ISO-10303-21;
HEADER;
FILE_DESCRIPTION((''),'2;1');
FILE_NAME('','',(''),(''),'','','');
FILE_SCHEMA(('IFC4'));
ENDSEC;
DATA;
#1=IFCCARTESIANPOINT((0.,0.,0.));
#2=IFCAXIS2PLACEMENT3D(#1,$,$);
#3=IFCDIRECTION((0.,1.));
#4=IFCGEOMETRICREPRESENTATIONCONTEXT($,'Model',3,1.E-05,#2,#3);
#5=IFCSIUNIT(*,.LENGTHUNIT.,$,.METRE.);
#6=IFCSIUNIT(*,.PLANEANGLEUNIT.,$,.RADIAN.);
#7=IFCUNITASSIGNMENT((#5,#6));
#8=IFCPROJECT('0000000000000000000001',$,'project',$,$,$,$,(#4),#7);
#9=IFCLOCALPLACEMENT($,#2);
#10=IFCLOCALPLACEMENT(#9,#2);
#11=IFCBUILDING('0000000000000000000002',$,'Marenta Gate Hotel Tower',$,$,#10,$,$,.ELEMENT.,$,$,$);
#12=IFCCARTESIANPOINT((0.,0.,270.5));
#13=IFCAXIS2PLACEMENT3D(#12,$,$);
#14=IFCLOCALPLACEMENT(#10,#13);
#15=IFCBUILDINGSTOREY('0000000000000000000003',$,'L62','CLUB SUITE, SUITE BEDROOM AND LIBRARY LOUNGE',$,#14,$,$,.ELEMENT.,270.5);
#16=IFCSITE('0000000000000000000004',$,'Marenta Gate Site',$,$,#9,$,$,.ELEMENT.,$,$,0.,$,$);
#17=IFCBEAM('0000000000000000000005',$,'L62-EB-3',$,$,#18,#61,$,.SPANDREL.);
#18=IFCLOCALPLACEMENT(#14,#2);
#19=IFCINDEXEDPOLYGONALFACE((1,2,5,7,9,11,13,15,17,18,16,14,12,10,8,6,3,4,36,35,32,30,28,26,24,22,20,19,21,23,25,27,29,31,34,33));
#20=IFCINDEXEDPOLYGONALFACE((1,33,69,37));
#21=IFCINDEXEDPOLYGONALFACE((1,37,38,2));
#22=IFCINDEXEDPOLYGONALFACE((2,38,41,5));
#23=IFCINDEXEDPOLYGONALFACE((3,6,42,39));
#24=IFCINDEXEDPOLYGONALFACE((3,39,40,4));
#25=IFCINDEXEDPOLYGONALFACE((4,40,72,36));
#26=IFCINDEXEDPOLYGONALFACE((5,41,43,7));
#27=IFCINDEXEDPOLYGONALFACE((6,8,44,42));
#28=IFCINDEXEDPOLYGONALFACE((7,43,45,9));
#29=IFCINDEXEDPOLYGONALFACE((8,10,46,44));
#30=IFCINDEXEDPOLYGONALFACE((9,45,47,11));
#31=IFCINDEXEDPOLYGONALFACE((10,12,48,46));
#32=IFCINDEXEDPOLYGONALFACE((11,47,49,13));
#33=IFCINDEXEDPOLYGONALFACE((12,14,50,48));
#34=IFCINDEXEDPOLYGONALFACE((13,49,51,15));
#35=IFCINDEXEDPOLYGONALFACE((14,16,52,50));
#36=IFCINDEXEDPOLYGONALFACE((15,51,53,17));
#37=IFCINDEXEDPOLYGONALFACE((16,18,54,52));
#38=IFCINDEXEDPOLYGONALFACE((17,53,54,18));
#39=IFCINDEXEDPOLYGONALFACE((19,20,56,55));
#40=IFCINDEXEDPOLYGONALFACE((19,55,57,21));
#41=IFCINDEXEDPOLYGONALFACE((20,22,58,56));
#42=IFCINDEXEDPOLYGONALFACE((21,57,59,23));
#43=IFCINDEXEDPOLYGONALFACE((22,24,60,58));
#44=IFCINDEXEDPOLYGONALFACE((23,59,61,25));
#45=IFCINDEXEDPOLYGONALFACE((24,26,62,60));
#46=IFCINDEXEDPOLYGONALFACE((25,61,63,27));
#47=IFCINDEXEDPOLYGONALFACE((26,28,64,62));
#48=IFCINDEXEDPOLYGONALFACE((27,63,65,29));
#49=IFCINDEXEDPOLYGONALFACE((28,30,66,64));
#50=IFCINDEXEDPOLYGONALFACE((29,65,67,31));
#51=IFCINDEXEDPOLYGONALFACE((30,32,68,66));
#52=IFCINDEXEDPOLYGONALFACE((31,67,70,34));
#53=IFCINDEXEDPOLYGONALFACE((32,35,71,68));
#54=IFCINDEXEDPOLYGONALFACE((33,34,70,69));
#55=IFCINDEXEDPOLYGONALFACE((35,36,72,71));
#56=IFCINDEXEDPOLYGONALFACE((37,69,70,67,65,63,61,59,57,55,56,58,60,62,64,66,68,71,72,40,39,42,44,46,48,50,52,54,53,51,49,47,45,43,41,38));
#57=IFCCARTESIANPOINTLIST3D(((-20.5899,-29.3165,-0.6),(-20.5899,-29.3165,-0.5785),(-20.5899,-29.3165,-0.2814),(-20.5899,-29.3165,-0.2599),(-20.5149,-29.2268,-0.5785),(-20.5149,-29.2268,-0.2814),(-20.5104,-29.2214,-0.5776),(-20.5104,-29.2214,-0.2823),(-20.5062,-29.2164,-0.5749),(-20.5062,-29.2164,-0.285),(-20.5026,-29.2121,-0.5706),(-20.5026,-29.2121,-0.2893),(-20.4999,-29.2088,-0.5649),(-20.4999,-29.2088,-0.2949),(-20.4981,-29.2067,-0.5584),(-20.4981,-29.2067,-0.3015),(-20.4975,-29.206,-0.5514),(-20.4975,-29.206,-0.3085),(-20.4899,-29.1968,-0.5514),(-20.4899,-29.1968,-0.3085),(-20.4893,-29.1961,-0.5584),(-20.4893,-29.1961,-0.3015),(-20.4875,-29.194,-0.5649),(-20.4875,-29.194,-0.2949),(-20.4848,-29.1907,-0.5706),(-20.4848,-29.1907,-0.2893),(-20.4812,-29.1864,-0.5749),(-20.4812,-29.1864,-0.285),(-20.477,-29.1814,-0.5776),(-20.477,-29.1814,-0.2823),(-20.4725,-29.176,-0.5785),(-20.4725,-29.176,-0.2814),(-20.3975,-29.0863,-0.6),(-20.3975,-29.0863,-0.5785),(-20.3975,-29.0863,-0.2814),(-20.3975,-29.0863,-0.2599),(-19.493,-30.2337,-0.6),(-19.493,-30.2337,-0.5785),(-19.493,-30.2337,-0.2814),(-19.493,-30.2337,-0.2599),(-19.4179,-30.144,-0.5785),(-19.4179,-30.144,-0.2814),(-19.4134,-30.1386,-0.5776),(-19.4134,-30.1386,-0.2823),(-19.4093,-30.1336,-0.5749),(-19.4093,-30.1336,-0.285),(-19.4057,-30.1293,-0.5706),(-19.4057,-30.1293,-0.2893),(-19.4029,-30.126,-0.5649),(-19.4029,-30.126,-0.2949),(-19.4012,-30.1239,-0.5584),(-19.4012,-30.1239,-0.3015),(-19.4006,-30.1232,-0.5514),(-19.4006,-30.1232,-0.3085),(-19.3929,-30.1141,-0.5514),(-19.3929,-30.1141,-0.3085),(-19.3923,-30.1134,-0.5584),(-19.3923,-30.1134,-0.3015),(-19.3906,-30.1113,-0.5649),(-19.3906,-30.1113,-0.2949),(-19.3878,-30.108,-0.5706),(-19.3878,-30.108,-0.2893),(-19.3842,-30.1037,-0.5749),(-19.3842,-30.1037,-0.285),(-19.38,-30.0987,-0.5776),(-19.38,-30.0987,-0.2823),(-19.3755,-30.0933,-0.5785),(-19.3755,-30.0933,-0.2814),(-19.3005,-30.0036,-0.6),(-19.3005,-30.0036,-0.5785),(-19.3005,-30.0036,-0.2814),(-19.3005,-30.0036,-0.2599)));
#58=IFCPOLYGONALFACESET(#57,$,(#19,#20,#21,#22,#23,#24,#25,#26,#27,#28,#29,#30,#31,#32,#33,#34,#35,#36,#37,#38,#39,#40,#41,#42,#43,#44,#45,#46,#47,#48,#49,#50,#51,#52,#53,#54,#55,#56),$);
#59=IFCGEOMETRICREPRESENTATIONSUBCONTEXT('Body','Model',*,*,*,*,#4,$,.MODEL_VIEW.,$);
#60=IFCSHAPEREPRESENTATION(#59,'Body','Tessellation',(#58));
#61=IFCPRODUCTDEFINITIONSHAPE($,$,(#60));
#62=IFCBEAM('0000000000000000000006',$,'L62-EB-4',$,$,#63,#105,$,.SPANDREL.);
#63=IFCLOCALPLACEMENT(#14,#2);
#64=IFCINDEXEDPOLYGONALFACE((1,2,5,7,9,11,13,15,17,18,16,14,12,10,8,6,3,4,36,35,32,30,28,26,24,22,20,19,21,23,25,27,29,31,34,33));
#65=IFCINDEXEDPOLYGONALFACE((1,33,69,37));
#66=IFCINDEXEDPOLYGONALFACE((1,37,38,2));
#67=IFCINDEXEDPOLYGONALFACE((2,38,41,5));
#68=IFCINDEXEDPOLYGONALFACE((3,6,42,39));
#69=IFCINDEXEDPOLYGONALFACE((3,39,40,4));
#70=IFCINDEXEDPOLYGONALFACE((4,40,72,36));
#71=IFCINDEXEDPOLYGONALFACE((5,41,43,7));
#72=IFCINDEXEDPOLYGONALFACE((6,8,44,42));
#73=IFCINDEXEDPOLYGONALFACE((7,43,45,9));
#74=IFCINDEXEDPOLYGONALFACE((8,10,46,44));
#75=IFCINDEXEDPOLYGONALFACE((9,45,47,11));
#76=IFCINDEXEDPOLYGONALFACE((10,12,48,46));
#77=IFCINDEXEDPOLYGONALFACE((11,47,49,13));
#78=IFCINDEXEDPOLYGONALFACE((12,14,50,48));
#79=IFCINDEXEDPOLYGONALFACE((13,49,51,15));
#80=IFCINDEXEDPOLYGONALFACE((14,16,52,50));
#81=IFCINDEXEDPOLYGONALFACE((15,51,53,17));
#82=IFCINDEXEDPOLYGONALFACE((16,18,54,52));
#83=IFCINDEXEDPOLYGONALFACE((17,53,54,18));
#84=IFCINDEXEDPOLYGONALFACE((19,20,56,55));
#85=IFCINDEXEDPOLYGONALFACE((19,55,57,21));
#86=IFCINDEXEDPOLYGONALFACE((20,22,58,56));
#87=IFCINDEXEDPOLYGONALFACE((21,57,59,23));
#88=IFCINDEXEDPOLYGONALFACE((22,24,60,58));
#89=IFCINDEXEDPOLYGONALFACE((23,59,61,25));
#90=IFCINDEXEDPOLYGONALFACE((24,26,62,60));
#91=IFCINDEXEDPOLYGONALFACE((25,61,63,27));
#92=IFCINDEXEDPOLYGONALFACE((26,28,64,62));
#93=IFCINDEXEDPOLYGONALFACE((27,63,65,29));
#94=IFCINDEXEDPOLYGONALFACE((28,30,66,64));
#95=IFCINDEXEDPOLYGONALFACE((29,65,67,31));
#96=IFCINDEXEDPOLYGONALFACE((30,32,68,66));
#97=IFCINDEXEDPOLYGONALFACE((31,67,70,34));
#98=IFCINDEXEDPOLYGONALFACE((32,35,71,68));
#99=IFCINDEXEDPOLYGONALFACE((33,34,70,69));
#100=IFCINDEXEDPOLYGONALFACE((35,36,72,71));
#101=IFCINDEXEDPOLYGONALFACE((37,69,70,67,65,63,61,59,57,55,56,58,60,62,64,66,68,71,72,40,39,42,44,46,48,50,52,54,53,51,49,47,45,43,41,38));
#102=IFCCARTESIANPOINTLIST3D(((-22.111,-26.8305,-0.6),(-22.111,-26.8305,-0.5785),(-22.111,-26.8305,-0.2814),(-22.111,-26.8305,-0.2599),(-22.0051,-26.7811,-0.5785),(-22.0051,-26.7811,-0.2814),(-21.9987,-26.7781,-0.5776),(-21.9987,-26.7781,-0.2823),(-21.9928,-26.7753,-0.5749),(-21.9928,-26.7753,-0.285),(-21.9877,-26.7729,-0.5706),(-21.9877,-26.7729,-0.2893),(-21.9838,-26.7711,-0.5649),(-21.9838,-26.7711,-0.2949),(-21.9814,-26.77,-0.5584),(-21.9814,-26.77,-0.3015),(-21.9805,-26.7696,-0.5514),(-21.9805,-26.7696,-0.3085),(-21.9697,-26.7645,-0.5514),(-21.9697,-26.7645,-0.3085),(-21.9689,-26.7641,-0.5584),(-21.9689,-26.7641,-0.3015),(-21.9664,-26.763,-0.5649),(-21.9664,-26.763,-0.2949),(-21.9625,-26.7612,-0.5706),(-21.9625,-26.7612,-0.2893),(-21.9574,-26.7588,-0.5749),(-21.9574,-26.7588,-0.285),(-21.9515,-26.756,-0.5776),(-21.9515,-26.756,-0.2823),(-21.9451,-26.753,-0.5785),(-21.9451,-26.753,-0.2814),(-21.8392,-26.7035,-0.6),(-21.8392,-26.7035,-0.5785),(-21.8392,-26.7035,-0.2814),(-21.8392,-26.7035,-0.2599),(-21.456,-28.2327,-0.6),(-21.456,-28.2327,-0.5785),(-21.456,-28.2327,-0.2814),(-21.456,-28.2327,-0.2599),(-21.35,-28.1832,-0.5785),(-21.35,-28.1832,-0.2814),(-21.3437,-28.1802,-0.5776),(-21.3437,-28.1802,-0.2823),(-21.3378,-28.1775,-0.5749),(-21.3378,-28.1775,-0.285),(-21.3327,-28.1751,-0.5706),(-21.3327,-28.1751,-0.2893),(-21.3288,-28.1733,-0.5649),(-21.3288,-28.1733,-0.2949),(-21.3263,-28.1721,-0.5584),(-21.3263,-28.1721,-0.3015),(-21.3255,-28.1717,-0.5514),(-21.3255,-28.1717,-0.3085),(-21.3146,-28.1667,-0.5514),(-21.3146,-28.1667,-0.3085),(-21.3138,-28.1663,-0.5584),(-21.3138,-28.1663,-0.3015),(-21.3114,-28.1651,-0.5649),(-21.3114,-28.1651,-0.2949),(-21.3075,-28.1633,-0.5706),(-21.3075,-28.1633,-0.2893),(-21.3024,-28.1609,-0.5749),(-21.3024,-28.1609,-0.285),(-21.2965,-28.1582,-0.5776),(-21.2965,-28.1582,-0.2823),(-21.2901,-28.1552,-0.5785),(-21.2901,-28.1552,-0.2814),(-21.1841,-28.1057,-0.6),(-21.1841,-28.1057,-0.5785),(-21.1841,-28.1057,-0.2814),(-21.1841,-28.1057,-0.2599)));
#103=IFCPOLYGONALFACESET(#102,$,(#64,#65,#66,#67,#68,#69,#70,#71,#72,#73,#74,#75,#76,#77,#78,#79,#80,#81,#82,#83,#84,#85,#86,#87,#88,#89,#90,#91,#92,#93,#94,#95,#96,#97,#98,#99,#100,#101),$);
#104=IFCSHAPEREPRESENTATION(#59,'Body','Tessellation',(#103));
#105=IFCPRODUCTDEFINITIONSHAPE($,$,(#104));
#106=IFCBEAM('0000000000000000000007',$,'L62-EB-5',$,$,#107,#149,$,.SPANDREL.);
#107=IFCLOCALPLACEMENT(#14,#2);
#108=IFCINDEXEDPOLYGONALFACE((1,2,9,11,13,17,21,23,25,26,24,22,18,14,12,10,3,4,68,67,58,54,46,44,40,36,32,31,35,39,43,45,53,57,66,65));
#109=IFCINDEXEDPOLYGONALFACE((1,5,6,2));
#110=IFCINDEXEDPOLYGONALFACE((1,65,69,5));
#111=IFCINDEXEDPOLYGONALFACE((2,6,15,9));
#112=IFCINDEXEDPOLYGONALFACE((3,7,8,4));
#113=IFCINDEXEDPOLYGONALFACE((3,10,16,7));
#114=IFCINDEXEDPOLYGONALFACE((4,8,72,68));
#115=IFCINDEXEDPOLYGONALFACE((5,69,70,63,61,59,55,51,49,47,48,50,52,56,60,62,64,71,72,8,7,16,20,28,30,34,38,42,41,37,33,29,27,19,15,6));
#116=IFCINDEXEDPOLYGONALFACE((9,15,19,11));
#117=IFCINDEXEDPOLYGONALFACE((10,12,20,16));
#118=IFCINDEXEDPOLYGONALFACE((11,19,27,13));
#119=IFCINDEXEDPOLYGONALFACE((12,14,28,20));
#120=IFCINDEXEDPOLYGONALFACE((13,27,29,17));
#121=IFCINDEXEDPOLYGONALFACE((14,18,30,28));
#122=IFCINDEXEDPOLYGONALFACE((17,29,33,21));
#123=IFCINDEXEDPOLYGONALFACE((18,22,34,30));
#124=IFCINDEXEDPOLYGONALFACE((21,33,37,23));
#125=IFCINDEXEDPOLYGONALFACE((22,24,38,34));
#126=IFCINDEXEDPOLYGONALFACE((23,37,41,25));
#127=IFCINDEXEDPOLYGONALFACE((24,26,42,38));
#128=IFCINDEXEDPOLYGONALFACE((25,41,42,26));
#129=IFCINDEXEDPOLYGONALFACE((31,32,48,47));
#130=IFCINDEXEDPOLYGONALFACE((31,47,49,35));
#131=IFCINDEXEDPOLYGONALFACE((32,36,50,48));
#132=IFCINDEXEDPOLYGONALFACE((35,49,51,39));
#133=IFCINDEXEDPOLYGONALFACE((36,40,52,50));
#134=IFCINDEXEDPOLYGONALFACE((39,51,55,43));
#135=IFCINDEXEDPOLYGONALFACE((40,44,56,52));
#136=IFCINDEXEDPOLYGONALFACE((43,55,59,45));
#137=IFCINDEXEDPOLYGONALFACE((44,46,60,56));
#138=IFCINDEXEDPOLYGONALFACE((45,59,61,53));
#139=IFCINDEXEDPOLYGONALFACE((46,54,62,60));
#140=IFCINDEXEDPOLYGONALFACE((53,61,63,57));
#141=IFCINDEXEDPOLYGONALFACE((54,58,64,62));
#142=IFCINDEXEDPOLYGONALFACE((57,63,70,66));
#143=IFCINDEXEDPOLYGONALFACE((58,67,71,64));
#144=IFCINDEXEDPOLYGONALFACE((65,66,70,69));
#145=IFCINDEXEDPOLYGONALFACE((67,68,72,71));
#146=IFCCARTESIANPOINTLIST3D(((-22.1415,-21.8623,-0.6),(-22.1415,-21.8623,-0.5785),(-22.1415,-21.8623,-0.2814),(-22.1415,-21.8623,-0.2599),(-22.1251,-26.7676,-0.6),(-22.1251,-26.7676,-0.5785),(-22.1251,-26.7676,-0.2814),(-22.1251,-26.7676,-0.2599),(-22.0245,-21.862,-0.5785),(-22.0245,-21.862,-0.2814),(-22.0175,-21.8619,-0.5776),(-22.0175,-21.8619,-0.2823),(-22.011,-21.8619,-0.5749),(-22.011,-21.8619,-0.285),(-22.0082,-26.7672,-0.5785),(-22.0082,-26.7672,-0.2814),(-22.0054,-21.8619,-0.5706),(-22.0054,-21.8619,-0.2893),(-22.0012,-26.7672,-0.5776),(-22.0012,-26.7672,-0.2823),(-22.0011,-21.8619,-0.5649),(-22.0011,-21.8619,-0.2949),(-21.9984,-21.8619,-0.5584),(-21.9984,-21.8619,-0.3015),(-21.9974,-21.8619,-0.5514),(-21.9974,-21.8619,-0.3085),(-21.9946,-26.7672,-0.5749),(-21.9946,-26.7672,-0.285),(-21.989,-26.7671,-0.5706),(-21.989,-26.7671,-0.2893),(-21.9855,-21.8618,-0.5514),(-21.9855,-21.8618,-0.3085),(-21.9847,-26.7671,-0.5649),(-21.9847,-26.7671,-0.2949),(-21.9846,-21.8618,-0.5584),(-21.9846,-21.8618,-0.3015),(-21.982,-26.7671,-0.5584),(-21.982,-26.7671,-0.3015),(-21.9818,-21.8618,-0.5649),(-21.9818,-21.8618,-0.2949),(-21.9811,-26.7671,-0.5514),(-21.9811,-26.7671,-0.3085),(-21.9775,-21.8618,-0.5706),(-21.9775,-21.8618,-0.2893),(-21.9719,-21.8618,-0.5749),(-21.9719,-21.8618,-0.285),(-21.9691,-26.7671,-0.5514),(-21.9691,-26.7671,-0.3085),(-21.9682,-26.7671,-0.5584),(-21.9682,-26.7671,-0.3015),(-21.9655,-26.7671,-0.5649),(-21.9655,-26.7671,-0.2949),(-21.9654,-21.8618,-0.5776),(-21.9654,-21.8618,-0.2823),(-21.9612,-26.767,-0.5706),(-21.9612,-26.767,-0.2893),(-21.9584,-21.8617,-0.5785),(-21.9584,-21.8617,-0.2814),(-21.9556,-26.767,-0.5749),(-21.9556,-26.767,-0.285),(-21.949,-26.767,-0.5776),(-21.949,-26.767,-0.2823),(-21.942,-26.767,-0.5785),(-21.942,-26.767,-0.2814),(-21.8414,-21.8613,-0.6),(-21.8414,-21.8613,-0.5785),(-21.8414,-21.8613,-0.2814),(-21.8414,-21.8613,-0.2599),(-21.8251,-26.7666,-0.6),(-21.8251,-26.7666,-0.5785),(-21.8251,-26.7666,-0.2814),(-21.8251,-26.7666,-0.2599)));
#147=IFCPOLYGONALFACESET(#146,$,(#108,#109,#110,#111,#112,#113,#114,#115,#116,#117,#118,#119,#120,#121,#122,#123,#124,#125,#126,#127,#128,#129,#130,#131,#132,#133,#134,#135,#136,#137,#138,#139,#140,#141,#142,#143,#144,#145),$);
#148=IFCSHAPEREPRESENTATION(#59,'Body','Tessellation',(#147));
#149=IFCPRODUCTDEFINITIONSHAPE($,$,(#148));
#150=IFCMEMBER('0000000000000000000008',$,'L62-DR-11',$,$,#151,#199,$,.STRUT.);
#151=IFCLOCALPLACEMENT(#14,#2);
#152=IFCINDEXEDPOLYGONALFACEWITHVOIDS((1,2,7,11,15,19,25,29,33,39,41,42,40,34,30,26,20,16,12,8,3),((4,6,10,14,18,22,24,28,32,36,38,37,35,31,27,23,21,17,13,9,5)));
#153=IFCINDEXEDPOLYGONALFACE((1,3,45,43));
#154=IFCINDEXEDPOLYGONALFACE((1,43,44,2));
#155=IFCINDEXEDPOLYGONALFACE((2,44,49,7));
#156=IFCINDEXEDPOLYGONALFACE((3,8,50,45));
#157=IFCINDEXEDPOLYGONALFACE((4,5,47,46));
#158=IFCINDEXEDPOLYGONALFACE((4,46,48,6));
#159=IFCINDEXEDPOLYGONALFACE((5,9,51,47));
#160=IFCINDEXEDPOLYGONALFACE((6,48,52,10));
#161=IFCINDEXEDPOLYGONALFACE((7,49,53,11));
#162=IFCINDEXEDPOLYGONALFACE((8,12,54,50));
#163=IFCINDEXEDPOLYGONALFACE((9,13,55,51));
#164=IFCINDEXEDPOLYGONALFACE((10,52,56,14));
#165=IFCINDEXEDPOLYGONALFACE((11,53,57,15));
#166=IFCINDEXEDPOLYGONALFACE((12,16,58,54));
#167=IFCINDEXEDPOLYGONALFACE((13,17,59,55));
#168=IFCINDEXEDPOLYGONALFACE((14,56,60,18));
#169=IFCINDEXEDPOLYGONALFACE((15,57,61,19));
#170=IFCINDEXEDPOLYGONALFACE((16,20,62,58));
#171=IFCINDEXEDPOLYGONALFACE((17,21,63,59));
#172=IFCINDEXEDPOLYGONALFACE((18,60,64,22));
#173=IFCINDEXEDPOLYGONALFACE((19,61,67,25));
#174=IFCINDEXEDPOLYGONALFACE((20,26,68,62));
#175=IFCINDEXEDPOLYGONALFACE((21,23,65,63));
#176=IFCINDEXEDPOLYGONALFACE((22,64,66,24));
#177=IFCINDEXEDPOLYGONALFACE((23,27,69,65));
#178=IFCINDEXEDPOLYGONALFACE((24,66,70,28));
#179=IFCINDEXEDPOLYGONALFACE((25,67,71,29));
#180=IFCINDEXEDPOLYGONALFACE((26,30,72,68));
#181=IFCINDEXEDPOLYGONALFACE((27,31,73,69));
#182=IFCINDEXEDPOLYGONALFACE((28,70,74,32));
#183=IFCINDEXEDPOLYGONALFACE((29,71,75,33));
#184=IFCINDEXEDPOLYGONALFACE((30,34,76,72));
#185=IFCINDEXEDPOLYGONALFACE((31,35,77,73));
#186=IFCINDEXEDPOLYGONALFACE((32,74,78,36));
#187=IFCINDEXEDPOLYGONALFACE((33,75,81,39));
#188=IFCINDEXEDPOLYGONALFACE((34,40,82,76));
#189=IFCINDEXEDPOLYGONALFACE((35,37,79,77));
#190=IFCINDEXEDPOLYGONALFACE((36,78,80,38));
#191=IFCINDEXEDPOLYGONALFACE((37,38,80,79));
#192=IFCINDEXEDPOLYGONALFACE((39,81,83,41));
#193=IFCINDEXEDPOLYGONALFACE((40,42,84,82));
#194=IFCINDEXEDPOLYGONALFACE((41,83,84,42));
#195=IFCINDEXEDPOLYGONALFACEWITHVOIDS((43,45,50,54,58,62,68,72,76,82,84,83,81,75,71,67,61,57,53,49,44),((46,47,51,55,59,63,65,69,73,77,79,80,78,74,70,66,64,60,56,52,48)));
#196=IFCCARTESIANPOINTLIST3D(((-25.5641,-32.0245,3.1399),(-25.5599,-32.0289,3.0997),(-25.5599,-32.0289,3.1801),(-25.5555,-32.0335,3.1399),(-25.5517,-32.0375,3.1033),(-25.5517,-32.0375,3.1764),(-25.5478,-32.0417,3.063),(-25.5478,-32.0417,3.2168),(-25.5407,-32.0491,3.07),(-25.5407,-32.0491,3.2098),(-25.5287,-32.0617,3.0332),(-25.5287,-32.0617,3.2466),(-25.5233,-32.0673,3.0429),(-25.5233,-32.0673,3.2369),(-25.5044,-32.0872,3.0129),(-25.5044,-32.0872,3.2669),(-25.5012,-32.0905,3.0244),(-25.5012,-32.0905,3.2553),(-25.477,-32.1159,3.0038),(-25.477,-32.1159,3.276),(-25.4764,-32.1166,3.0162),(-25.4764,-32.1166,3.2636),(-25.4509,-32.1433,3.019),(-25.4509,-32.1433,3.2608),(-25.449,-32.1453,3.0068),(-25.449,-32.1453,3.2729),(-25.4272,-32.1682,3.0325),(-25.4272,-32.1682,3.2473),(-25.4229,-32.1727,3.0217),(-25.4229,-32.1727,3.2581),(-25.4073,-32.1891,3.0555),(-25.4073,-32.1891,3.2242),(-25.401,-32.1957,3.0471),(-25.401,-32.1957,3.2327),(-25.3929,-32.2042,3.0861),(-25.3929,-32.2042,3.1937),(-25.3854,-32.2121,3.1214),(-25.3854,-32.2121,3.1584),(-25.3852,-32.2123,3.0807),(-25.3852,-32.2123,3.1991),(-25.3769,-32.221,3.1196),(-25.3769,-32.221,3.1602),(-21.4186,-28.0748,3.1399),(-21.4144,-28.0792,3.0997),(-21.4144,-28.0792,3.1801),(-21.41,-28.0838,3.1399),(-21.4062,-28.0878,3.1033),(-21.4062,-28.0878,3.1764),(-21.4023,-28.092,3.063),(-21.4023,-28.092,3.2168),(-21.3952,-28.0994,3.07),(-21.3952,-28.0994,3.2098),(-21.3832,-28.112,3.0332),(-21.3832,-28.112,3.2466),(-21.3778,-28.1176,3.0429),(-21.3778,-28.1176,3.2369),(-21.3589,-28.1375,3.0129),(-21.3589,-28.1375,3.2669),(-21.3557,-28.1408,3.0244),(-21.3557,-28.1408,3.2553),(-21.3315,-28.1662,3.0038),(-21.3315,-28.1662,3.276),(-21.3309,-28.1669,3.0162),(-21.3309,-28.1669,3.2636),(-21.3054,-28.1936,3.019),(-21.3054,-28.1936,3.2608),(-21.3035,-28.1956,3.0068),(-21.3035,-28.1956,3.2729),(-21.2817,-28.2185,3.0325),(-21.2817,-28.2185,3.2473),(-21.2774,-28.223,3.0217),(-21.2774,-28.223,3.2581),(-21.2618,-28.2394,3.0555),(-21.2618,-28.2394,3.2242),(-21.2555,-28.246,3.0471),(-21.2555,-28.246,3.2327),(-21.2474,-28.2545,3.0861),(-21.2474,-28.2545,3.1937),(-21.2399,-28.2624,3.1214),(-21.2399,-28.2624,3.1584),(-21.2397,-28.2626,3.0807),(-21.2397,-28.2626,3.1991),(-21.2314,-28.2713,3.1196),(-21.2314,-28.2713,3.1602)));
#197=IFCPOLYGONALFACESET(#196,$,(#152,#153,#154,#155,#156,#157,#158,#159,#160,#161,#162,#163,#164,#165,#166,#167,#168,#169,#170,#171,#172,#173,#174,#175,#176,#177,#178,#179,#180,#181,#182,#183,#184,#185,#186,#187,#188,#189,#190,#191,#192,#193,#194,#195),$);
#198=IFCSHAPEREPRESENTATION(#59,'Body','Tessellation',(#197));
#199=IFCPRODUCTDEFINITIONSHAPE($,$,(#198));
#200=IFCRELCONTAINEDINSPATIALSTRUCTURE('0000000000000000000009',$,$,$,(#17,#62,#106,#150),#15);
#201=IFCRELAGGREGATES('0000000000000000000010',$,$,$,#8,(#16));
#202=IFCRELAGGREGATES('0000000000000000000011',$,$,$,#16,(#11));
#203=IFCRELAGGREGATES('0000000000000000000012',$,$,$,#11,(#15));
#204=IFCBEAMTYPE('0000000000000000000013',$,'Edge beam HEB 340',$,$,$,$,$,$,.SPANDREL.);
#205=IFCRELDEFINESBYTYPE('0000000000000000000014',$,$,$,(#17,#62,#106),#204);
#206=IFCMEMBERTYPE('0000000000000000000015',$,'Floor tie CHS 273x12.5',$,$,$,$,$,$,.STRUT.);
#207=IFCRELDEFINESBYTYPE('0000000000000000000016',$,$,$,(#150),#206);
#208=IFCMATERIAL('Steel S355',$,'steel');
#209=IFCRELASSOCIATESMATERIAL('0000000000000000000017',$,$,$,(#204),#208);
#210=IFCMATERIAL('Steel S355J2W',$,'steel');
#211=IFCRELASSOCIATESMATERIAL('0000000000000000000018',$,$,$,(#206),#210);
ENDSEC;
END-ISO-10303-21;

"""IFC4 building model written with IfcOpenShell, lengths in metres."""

from ifc_helpers import new_model, si_unit, direction, frame, origin, origin_2d, place, context, subcontext, project, spatial, hollow_circle, i_section, extrude, material, material_profile, profile_set, type_object, element, save


model = new_model("IFC4")

# Units and contexts
model_context = context("Model", 3, precision=1e-05, world=origin(), true_north=direction((0.0, 1.0)))
body_context = subcontext(model_context, "Body", "Model", "MODEL_VIEW")
ifc_project = project(units=[si_unit("LENGTHUNIT", "METRE"), si_unit("PLANEANGLEUNIT", "RADIAN")], contexts=[model_context])

# Site, building, storey
site_placement = place(None, origin())
site = spatial("IfcSite", under=ifc_project, at=site_placement, Name="Marenta Gate Site", CompositionType="ELEMENT", RefElevation=0.0)
building_placement = place(site_placement, origin())
building = spatial("IfcBuilding", under=site, at=building_placement, Name="Marenta Gate Hotel Tower", CompositionType="ELEMENT")
storey_placement = place(building_placement, frame((0.0, 0.0, 270.5)))
storey = spatial("IfcBuildingStorey", under=building, at=storey_placement, Name="L62", Description="CLUB SUITE, SUITE BEDROOM AND LIBRARY LOUNGE", CompositionType="ELEMENT", Elevation=270.5)

# Beams
ifc_material_1 = material(Name="Steel S355", Category="steel")
ifc_material_profile_1 = material_profile(ifc_material_1, i_section(OverallWidth=0.3, OverallDepth=0.3401, WebThickness=0.012, FlangeThickness=0.0215, FilletRadius=0.0271, at=origin_2d()), Name="HEB 340")
ifc_profile_set_1 = profile_set([ifc_material_profile_1], Name="Steel S355")
beam_type = type_object("IfcBeamType", Name="Edge beam HEB 340", PredefinedType="SPANDREL", material=ifc_profile_set_1)
beam_1_placement = place(storey_placement, frame((-19.3967, -30.1187, -0.4299), z_axis=(-0.767143, 0.641477, 0.0), x_axis=(-0.641477, -0.767143, 0.0)))
element("IfcBeam", 1, at=beam_1_placement, inside=storey, type_object=beam_type, Name="L62-EB-3", PredefinedType="SPANDREL", context=body_context, shape_type="SweptSolid", body=[
    extrude(i_section(OverallWidth=0.3, OverallDepth=0.3401, WebThickness=0.012, FlangeThickness=0.0215, FilletRadius=0.0271, at=origin_2d()), origin(), (0.0, 0.0, 1.0), 1.4299),
])
beam_2_placement = place(storey_placement, frame((-21.3201, -28.1692, -0.4299), z_axis=(-0.423265, 0.906006, 0.0), x_axis=(-0.906006, -0.423265, 0.0)))
element("IfcBeam", 2, at=beam_2_placement, inside=storey, type_object=beam_type, Name="L62-EB-4", PredefinedType="SPANDREL", context=body_context, shape_type="SweptSolid", body=[
    extrude(i_section(OverallWidth=0.3, OverallDepth=0.3401, WebThickness=0.012, FlangeThickness=0.0215, FilletRadius=0.0271, at=origin_2d()), origin(), (0.0, 0.0, 1.0), 1.5476),
])
beam_3_placement = place(storey_placement, frame((-21.9751, -26.7671, -0.4299), z_axis=(-0.003335, 0.999994, 0.0), x_axis=(-0.999994, -0.003335, 0.0)))
element("IfcBeam", 3, at=beam_3_placement, inside=storey, type_object=beam_type, Name="L62-EB-5", PredefinedType="SPANDREL", context=body_context, shape_type="SweptSolid", body=[
    extrude(i_section(OverallWidth=0.3, OverallDepth=0.3401, WebThickness=0.012, FlangeThickness=0.0215, FilletRadius=0.0271, at=origin_2d()), origin(), (0.0, 0.0, 1.0), 4.9053),
])

# Member
ifc_material_2 = material(Name="Steel S355J2W", Category="steel")
ifc_material_profile_2 = material_profile(ifc_material_2, hollow_circle(Radius=0.1365, WallThickness=0.0125, at=origin_2d()), Name="CHS 273x12.5")
ifc_profile_set_2 = profile_set([ifc_material_profile_2], Name="Steel S355J2W")
member_type_1 = type_object("IfcMemberType", Name="Floor tie CHS 273x12.5", PredefinedType="STRUT", material=ifc_profile_set_2)
member_1_placement = place(storey_placement, frame((-25.47, -32.1233, 3.1399), z_axis=(0.723998, 0.689802, 0.0), x_axis=(-0.689802, 0.723998, 0.0)))
element("IfcMember", 4, at=member_1_placement, inside=storey, type_object=member_type_1, Name="L62-DR-11", PredefinedType="STRUT", context=body_context, shape_type="SweptSolid", body=[
    extrude(hollow_circle(Radius=0.1365, WallThickness=0.0125, at=origin_2d()), origin(), (0.0, 0.0, 1.0), 5.7258),
])

save(model, "model.ifc")
